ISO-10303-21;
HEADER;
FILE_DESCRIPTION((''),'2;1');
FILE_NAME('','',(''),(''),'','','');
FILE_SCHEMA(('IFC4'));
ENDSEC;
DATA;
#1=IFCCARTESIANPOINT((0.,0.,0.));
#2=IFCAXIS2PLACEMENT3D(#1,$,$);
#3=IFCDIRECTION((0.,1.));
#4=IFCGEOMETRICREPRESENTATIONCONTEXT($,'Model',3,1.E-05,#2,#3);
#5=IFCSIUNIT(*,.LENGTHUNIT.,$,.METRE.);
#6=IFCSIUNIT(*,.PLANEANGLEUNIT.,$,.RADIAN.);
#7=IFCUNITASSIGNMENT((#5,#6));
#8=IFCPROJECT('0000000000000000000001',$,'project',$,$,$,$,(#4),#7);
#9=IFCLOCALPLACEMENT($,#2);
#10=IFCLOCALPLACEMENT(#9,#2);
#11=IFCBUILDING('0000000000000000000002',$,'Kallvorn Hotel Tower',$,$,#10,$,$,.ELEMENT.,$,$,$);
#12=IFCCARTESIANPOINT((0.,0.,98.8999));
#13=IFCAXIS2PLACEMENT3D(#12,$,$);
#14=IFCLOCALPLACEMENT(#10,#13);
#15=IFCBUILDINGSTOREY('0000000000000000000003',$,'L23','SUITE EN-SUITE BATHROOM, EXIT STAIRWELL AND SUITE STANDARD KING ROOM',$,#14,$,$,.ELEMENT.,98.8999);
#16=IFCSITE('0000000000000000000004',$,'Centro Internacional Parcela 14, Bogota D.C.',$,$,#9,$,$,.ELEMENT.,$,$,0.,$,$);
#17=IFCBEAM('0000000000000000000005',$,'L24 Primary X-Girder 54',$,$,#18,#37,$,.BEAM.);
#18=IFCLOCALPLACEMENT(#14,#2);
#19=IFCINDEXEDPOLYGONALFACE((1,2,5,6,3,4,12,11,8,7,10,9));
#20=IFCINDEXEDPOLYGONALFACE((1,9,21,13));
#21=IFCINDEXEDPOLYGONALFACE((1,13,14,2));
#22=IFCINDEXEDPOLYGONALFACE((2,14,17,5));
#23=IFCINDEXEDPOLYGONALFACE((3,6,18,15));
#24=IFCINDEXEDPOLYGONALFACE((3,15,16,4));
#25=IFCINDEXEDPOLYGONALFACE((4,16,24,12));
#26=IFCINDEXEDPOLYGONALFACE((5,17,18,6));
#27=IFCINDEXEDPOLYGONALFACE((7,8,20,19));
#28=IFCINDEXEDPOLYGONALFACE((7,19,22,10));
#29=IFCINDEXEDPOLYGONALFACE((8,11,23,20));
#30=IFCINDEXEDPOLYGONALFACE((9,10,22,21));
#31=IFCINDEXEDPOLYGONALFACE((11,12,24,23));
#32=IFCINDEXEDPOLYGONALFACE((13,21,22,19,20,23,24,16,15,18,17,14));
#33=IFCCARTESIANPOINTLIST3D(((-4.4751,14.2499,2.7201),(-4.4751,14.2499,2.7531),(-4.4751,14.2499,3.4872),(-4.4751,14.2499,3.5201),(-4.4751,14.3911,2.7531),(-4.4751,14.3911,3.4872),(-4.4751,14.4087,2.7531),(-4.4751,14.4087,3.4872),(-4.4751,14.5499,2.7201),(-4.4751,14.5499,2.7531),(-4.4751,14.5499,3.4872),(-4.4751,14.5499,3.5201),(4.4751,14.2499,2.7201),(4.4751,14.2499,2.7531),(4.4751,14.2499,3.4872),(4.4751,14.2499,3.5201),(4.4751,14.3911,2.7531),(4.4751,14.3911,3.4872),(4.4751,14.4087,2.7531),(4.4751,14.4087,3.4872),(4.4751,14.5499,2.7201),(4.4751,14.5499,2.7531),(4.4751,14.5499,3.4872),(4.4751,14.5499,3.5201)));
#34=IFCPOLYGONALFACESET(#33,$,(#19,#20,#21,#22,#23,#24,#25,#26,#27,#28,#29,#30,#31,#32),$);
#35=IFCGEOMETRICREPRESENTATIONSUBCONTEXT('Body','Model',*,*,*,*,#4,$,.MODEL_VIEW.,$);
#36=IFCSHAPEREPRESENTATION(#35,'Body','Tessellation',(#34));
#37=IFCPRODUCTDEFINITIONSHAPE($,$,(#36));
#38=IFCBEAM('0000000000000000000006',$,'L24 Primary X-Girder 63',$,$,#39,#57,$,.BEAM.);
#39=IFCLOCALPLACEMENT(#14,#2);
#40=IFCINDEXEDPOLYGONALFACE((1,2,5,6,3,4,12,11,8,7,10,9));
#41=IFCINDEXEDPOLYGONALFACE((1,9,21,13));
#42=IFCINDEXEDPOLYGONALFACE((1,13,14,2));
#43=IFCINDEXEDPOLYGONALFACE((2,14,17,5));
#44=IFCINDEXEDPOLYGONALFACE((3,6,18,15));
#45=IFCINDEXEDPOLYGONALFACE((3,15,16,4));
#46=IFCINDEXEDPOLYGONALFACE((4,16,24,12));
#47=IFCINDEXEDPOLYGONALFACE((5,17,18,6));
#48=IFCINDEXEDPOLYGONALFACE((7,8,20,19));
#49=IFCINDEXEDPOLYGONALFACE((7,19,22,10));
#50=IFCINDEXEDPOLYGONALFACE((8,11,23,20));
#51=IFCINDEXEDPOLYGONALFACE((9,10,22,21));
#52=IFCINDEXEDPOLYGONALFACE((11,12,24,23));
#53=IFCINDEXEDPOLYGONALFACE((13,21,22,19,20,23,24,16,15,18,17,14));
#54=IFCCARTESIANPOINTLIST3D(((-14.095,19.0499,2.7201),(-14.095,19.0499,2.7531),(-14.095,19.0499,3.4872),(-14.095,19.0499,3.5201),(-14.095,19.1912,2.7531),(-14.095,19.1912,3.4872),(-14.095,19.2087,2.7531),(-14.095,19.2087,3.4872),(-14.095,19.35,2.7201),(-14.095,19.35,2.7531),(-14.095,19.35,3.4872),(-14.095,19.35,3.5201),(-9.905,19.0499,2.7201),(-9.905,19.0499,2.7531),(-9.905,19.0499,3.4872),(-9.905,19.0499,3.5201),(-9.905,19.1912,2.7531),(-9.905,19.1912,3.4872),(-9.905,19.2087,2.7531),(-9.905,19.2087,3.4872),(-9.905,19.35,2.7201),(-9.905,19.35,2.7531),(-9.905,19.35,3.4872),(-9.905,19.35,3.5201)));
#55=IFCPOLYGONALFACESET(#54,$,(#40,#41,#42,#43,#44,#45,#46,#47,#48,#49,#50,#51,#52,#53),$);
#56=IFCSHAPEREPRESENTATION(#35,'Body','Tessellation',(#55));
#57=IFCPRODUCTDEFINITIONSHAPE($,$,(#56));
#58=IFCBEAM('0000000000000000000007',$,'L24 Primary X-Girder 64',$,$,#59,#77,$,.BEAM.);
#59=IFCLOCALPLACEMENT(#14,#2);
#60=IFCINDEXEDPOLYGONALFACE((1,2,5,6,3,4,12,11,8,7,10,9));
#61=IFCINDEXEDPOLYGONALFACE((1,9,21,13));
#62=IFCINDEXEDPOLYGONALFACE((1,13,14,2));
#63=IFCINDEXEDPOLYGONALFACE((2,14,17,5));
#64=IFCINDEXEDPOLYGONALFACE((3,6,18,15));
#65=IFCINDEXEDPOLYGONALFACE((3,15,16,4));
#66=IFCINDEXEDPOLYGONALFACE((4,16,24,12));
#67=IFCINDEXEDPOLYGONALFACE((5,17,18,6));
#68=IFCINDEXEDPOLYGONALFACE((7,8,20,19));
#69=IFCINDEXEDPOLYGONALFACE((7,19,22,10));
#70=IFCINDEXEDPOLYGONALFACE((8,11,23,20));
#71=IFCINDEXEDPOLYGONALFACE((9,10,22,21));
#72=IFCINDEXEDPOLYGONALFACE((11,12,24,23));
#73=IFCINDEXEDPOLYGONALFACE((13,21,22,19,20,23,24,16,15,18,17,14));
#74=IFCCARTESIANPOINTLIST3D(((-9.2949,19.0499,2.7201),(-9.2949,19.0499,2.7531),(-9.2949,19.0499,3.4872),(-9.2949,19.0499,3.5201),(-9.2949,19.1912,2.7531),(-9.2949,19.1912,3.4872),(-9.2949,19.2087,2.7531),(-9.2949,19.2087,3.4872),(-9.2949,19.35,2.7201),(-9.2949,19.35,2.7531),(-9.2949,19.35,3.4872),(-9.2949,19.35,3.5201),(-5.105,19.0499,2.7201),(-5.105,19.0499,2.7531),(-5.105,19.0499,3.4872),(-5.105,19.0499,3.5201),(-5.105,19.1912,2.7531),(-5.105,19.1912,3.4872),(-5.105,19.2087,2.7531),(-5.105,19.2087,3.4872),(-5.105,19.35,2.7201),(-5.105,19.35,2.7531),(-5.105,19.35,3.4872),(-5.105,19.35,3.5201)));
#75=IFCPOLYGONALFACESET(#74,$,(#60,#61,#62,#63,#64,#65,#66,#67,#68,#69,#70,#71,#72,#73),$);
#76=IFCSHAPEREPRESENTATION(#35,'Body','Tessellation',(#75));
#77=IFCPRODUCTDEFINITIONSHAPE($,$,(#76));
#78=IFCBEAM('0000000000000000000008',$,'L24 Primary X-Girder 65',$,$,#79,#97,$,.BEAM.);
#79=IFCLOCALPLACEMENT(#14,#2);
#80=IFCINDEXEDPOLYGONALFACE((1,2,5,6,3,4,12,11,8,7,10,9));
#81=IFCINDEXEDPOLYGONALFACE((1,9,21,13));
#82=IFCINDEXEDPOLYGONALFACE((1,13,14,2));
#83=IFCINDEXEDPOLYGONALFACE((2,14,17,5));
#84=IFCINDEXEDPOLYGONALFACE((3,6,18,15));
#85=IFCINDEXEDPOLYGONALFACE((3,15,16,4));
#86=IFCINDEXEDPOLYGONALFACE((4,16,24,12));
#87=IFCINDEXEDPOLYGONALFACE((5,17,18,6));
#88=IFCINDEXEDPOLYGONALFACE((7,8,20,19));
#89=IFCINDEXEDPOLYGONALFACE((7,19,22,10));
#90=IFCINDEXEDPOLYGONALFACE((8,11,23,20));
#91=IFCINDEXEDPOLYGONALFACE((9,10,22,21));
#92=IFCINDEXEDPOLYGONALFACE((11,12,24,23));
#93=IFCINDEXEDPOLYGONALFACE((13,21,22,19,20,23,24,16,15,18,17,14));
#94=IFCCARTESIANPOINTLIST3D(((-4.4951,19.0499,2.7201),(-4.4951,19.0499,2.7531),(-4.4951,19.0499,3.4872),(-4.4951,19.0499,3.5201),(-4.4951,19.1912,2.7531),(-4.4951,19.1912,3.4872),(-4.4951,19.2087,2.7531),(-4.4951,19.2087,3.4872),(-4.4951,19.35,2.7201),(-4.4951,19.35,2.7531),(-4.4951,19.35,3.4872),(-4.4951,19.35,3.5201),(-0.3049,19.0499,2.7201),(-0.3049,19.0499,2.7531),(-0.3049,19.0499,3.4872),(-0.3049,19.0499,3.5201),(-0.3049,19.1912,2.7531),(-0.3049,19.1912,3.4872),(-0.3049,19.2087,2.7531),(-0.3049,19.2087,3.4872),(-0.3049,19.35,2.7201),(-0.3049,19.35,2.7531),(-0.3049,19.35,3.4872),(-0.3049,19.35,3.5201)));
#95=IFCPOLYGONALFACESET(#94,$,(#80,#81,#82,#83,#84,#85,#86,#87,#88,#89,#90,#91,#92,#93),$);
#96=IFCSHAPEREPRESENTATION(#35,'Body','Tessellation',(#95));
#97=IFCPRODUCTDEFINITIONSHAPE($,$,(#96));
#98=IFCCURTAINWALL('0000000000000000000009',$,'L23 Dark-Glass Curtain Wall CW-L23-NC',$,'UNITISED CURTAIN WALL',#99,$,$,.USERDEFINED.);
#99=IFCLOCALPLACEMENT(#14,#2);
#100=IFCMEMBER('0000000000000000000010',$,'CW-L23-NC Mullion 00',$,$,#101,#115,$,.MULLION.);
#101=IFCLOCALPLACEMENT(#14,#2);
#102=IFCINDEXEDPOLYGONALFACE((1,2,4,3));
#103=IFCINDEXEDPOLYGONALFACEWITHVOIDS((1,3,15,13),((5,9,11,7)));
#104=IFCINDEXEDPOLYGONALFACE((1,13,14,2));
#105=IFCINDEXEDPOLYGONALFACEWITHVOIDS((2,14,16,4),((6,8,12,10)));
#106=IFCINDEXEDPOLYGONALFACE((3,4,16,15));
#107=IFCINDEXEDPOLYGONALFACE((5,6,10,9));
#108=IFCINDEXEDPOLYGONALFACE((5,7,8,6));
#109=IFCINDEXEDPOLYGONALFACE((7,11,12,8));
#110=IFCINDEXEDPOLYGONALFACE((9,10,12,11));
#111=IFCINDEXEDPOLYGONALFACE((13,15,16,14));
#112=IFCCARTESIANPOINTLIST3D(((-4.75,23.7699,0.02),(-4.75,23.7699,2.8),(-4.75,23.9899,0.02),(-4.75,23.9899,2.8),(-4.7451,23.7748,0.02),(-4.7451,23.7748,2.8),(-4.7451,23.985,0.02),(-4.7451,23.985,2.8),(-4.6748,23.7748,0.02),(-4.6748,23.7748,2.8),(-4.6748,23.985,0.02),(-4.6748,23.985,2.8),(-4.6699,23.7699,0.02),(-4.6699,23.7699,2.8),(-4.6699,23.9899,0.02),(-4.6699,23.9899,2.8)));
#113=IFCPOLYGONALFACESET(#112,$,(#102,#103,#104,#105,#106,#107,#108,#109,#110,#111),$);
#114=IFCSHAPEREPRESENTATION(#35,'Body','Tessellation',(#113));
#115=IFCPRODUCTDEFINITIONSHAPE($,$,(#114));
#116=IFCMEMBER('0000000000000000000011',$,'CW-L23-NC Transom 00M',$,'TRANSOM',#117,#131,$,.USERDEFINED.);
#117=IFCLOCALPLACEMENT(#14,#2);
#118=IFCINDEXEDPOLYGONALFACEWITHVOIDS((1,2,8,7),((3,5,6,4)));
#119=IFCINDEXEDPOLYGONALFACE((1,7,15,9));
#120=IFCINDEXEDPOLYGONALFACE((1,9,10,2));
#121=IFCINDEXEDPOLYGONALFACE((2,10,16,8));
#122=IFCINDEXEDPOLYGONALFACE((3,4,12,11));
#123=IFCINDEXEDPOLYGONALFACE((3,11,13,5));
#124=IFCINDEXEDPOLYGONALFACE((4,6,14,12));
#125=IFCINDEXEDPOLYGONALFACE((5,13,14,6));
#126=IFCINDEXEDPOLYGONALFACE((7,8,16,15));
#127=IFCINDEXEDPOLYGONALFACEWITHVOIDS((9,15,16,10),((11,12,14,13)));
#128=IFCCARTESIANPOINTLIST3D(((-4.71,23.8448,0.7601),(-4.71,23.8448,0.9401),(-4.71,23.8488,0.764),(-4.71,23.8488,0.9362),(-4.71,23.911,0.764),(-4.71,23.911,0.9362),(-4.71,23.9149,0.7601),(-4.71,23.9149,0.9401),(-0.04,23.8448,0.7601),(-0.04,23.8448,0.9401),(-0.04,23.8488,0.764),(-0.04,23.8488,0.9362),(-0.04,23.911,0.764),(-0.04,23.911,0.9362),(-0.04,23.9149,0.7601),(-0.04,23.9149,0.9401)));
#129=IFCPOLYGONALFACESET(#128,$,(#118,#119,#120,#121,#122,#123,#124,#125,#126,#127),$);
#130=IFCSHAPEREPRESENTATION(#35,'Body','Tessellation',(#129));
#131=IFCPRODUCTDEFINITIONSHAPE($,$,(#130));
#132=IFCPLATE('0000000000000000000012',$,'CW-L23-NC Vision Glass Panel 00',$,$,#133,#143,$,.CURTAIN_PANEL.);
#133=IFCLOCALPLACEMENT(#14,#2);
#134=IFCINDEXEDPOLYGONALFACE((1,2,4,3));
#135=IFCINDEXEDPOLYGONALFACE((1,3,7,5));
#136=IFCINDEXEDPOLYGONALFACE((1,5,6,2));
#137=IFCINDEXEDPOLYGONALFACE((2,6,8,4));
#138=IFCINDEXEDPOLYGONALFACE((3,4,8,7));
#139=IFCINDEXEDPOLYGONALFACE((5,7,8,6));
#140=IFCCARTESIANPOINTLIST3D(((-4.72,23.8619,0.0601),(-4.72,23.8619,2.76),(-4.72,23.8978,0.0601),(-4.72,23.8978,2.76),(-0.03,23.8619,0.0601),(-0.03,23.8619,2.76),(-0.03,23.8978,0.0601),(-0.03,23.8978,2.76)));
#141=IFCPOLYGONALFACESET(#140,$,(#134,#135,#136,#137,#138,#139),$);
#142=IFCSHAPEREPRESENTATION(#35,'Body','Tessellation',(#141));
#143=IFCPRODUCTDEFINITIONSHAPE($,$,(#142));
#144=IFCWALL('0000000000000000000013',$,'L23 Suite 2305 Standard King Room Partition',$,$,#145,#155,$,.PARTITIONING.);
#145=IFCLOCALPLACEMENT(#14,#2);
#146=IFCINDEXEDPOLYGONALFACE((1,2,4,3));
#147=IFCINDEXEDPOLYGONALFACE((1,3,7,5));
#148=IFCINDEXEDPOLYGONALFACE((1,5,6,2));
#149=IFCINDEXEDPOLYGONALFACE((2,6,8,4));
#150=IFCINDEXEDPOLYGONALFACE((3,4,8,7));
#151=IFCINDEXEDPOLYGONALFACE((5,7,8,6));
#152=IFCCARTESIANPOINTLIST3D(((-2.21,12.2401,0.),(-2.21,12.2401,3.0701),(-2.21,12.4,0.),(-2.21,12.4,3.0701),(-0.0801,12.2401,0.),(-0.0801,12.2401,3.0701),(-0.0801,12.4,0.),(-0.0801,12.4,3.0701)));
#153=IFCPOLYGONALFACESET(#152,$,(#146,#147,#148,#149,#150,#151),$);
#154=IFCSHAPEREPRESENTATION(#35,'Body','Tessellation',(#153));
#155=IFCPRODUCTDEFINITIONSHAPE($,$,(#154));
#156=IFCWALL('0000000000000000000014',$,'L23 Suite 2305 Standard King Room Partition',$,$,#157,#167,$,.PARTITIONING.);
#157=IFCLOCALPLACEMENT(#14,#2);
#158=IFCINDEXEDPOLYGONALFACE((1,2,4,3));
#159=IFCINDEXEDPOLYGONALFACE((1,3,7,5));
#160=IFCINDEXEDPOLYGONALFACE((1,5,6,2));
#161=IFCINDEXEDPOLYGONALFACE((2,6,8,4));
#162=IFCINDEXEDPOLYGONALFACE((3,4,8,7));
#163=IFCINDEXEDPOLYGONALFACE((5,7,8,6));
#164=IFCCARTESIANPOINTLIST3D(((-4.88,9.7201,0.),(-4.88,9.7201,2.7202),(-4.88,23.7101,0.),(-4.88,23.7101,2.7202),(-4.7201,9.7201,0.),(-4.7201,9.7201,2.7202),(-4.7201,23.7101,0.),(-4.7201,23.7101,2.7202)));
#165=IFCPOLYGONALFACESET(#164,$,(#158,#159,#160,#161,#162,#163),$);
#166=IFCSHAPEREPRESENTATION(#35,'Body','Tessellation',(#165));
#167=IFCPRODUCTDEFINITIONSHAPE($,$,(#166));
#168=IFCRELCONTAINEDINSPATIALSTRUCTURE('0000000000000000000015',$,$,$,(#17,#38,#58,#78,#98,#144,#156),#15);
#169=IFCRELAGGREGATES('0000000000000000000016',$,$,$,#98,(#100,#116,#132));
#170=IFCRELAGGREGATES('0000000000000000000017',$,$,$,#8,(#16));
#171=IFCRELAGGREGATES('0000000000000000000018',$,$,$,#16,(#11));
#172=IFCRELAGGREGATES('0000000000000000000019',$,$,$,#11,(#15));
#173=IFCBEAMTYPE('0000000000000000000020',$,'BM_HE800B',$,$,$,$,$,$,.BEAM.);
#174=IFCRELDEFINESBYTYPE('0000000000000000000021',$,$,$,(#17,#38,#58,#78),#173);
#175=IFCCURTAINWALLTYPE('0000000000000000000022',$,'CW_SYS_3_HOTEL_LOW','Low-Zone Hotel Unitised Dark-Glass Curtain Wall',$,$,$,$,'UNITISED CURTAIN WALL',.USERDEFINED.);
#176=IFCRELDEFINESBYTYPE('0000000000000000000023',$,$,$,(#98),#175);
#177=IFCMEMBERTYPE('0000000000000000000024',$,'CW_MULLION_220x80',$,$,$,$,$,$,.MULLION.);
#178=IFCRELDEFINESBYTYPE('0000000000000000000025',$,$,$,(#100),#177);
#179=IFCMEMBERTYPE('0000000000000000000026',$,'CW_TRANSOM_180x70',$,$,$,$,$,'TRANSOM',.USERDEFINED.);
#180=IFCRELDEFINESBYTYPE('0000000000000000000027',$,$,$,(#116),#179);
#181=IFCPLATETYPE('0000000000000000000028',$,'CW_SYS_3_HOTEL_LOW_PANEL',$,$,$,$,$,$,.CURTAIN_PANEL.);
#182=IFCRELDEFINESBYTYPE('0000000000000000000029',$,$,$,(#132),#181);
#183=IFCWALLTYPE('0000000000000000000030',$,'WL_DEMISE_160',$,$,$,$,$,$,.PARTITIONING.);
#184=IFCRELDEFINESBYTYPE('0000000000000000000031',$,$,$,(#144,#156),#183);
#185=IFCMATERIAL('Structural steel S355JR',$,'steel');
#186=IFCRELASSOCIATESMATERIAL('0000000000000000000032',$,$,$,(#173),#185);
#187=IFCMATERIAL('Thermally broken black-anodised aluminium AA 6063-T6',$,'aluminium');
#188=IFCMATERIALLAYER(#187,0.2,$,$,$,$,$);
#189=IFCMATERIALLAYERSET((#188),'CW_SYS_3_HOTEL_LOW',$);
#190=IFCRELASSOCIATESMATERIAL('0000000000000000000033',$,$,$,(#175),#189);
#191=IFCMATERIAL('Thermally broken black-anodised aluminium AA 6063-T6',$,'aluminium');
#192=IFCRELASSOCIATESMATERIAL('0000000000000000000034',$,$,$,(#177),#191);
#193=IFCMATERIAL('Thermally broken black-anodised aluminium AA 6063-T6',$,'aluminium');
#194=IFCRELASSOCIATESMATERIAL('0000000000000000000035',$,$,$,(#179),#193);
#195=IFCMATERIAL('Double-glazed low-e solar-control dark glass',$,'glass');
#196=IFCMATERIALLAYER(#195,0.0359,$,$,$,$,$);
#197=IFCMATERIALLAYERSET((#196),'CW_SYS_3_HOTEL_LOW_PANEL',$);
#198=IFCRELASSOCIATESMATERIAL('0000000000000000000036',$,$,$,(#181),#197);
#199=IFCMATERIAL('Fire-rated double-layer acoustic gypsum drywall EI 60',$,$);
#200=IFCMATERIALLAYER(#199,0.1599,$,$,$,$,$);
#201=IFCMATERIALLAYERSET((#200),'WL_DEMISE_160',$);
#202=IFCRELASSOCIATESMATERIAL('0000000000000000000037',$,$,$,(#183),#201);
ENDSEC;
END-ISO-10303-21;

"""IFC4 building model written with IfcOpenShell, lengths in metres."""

from ifc_helpers import new_model, si_unit, direction, frame, frame_2d, origin, origin_2d, place, context, subcontext, project, spatial, rectangle, hollow_rectangle, i_section, extrude, material, layer, layer_set, material_profile, profile_set, type_object, element, aggregate, save


model = new_model("IFC4")

# Units and contexts
model_context = context("Model", 3, precision=1e-05, world=origin(), true_north=direction((0.0, 1.0)))
body_context = subcontext(model_context, "Body", "Model", "MODEL_VIEW")
ifc_project = project(units=[si_unit("LENGTHUNIT", "METRE"), si_unit("PLANEANGLEUNIT", "RADIAN")], contexts=[model_context])

# Site, building, storey
site_placement = place(None, origin())
site = spatial("IfcSite", under=ifc_project, at=site_placement, Name="Centro Internacional Parcela 14, Bogota D.C.", CompositionType="ELEMENT", RefElevation=0.0)
building_placement = place(site_placement, origin())
building = spatial("IfcBuilding", under=site, at=building_placement, Name="Kallvorn Hotel Tower", CompositionType="ELEMENT")
storey_placement = place(building_placement, frame((0.0, 0.0, 98.8999)))
storey = spatial("IfcBuildingStorey", under=building, at=storey_placement, Name="L23", Description="SUITE EN-SUITE BATHROOM, EXIT STAIRWELL AND SUITE STANDARD KING ROOM", CompositionType="ELEMENT", Elevation=98.8999)

# Beams
ifc_material_1 = material(Name="Structural steel S355JR", Category="steel")
ifc_material_profile_1 = material_profile(ifc_material_1, i_section(OverallWidth=0.3, OverallDepth=0.8, WebThickness=0.0176, FlangeThickness=0.033, at=origin_2d()), Name="HE 800 B")
ifc_profile_set_1 = profile_set([ifc_material_profile_1], Name="Structural steel S355JR")
beam_type_1 = type_object("IfcBeamType", Name="BM_HE800B", PredefinedType="BEAM", material=ifc_profile_set_1)
beam_1_placement = place(storey_placement, frame((-4.4751, 14.3999, 3.1201), z_axis=(1.0, 0.0, 0.0), x_axis=(0.0, 1.0, 0.0)))
element("IfcBeam", 1, at=beam_1_placement, inside=storey, type_object=beam_type_1, Name="L24 Primary X-Girder 54", PredefinedType="BEAM", context=body_context, shape_type="SweptSolid", body=[
    extrude(i_section(OverallWidth=0.3, OverallDepth=0.8, WebThickness=0.0176, FlangeThickness=0.033, at=origin_2d()), origin(), (0.0, 0.0, 1.0), 8.9502),
])
for number, where, z_axis, x_axis, name in (
    (2, (-14.095, 19.2, 3.1201), (1.0, 0.0, 0.0), (0.0, 1.0, 0.0), "L24 Primary X-Girder 63"),
    (3, (-9.2949, 19.2, 3.1201), (1.0, 0.0, 0.0), (0.0, 1.0, 0.0), "L24 Primary X-Girder 64"),
):
    element("IfcBeam", number, at=place(storey_placement, frame(where, z_axis=z_axis, x_axis=x_axis)), inside=storey, type_object=beam_type_1, Name=name, PredefinedType="BEAM", context=body_context, shape_type="SweptSolid", body=[
        extrude(i_section(OverallWidth=0.3, OverallDepth=0.8, WebThickness=0.0176, FlangeThickness=0.033, at=origin_2d()), origin(), (0.0, 0.0, 1.0), 4.1899),
    ])
beam_2_placement = place(storey_placement, frame((-4.4951, 19.2, 3.1201), z_axis=(1.0, 0.0, 0.0), x_axis=(0.0, 1.0, 0.0)))
element("IfcBeam", 4, at=beam_2_placement, inside=storey, type_object=beam_type_1, Name="L24 Primary X-Girder 65", PredefinedType="BEAM", context=body_context, shape_type="SweptSolid", body=[
    extrude(i_section(OverallWidth=0.3, OverallDepth=0.8, WebThickness=0.0176, FlangeThickness=0.033, at=origin_2d()), origin(), (0.0, 0.0, 1.0), 4.1902),
])

# Curtain wall, members, plate
ifc_material_2 = material(Name="Thermally broken black-anodised aluminium AA 6063-T6", Category="aluminium")
ifc_layer_1 = layer(ifc_material_2, 0.2)
ifc_layer_set_1 = layer_set([ifc_layer_1], Name="CW_SYS_3_HOTEL_LOW")
curtain_wall_type = type_object("IfcCurtainWallType", Name="CW_SYS_3_HOTEL_LOW", Description="Low-Zone Hotel Unitised Dark-Glass Curtain Wall", ElementType="UNITISED CURTAIN WALL", PredefinedType="USERDEFINED", material=ifc_layer_set_1)
curtain_wall_placement = place(storey_placement, origin())
curtain_wall = element("IfcCurtainWall", 5, at=curtain_wall_placement, inside=storey, type_object=curtain_wall_type, Name="L23 Dark-Glass Curtain Wall CW-L23-NC", ObjectType="UNITISED CURTAIN WALL", PredefinedType="USERDEFINED")
ifc_material_3 = material(Name="Thermally broken black-anodised aluminium AA 6063-T6", Category="aluminium")
ifc_material_profile_2 = material_profile(ifc_material_3, hollow_rectangle(XDim=0.0801, YDim=0.22, WallThickness=0.0049, at=origin_2d()), Name="MUL 220x80")
ifc_profile_set_2 = profile_set([ifc_material_profile_2], Name="Thermally broken black-anodised aluminium AA 6063-T6")
member_type_1 = type_object("IfcMemberType", Name="CW_MULLION_220x80", PredefinedType="MULLION", material=ifc_profile_set_2)
member_1_placement = place(storey_placement, frame((-4.71, 23.8799, 0.02), z_axis=(0.0, 0.0, 1.0), x_axis=(1.0, 0.0, 0.0)))
member_1 = element("IfcMember", 6, at=member_1_placement, type_object=member_type_1, Name="CW-L23-NC Mullion 00", PredefinedType="MULLION", context=body_context, shape_type="SweptSolid", body=[
    extrude(hollow_rectangle(XDim=0.0801, YDim=0.22, WallThickness=0.0049, at=origin_2d()), origin(), (0.0, 0.0, 1.0), 2.78),
])
ifc_material_4 = material(Name="Thermally broken black-anodised aluminium AA 6063-T6", Category="aluminium")
ifc_material_profile_3 = material_profile(ifc_material_4, hollow_rectangle(XDim=0.0701, YDim=0.1799, WallThickness=0.0039, at=origin_2d()), Name="TRN 180x70")
ifc_profile_set_3 = profile_set([ifc_material_profile_3], Name="Thermally broken black-anodised aluminium AA 6063-T6")
member_type_2 = type_object("IfcMemberType", Name="CW_TRANSOM_180x70", ElementType="TRANSOM", PredefinedType="USERDEFINED", material=ifc_profile_set_3)
member_2_placement = place(storey_placement, frame((-4.71, 23.8799, 0.8501), z_axis=(1.0, 0.0, 0.0), x_axis=(0.0, 1.0, 0.0)))
member_2 = element("IfcMember", 7, at=member_2_placement, type_object=member_type_2, Name="CW-L23-NC Transom 00M", ObjectType="TRANSOM", PredefinedType="USERDEFINED", context=body_context, shape_type="SweptSolid", body=[
    extrude(hollow_rectangle(XDim=0.0701, YDim=0.1799, WallThickness=0.0039, at=origin_2d()), origin(), (0.0, 0.0, 1.0), 4.6699),
])
ifc_material_5 = material(Name="Double-glazed low-e solar-control dark glass", Category="glass")
ifc_layer_2 = layer(ifc_material_5, 0.0359)
ifc_layer_set_2 = layer_set([ifc_layer_2], Name="CW_SYS_3_HOTEL_LOW_PANEL")
plate_type = type_object("IfcPlateType", Name="CW_SYS_3_HOTEL_LOW_PANEL", PredefinedType="CURTAIN_PANEL", material=ifc_layer_set_2)
plate_placement = place(storey_placement, frame((-2.375, 23.8799, 0.0601), z_axis=(0.0, 0.0, 1.0), x_axis=(1.0, 0.0, 0.0)))
plate = element("IfcPlate", 8, at=plate_placement, type_object=plate_type, Name="CW-L23-NC Vision Glass Panel 00", PredefinedType="CURTAIN_PANEL", context=body_context, shape_type="SweptSolid", body=[
    extrude(rectangle(XDim=4.6899, YDim=0.0359, at=origin_2d()), origin(), (0.0, 0.0, 1.0), 2.7),
])
aggregate(curtain_wall, [member_1, member_2, plate])

# Walls
ifc_material_6 = material(Name="Fire-rated double-layer acoustic gypsum drywall EI 60")
ifc_layer_3 = layer(ifc_material_6, 0.1599)
ifc_layer_set_3 = layer_set([ifc_layer_3], Name="WL_DEMISE_160")
wall_type_1 = type_object("IfcWallType", Name="WL_DEMISE_160", PredefinedType="PARTITIONING", material=ifc_layer_set_3)
wall_1_placement = place(storey_placement, frame((-2.21, 12.3201, 0.0), z_axis=(0.0, 0.0, 1.0), x_axis=(1.0, 0.0, 0.0)))
element("IfcWall", 9, at=wall_1_placement, inside=storey, type_object=wall_type_1, Name="L23 Suite 2305 Standard King Room Partition", PredefinedType="PARTITIONING", context=body_context, shape_type="SweptSolid", body=[
    extrude(rectangle(XDim=2.1299, YDim=0.1599, at=frame_2d((1.0649, 0.0))), origin(), (0.0, 0.0, 1.0), 3.0701),
])
wall_2_placement = place(storey_placement, frame((-4.8, 9.72, 0.0), z_axis=(0.0, 0.0, 1.0), x_axis=(0.0, 1.0, 0.0)))
element("IfcWall", 10, at=wall_2_placement, inside=storey, type_object=wall_type_1, Name="L23 Suite 2305 Standard King Room Partition", PredefinedType="PARTITIONING", context=body_context, shape_type="SweptSolid", body=[
    extrude(rectangle(XDim=13.99, YDim=0.1599, at=frame_2d((6.9951, 0.0))), origin(), (0.0, 0.0, 1.0), 2.7202),
])

save(model, "model.ifc")
